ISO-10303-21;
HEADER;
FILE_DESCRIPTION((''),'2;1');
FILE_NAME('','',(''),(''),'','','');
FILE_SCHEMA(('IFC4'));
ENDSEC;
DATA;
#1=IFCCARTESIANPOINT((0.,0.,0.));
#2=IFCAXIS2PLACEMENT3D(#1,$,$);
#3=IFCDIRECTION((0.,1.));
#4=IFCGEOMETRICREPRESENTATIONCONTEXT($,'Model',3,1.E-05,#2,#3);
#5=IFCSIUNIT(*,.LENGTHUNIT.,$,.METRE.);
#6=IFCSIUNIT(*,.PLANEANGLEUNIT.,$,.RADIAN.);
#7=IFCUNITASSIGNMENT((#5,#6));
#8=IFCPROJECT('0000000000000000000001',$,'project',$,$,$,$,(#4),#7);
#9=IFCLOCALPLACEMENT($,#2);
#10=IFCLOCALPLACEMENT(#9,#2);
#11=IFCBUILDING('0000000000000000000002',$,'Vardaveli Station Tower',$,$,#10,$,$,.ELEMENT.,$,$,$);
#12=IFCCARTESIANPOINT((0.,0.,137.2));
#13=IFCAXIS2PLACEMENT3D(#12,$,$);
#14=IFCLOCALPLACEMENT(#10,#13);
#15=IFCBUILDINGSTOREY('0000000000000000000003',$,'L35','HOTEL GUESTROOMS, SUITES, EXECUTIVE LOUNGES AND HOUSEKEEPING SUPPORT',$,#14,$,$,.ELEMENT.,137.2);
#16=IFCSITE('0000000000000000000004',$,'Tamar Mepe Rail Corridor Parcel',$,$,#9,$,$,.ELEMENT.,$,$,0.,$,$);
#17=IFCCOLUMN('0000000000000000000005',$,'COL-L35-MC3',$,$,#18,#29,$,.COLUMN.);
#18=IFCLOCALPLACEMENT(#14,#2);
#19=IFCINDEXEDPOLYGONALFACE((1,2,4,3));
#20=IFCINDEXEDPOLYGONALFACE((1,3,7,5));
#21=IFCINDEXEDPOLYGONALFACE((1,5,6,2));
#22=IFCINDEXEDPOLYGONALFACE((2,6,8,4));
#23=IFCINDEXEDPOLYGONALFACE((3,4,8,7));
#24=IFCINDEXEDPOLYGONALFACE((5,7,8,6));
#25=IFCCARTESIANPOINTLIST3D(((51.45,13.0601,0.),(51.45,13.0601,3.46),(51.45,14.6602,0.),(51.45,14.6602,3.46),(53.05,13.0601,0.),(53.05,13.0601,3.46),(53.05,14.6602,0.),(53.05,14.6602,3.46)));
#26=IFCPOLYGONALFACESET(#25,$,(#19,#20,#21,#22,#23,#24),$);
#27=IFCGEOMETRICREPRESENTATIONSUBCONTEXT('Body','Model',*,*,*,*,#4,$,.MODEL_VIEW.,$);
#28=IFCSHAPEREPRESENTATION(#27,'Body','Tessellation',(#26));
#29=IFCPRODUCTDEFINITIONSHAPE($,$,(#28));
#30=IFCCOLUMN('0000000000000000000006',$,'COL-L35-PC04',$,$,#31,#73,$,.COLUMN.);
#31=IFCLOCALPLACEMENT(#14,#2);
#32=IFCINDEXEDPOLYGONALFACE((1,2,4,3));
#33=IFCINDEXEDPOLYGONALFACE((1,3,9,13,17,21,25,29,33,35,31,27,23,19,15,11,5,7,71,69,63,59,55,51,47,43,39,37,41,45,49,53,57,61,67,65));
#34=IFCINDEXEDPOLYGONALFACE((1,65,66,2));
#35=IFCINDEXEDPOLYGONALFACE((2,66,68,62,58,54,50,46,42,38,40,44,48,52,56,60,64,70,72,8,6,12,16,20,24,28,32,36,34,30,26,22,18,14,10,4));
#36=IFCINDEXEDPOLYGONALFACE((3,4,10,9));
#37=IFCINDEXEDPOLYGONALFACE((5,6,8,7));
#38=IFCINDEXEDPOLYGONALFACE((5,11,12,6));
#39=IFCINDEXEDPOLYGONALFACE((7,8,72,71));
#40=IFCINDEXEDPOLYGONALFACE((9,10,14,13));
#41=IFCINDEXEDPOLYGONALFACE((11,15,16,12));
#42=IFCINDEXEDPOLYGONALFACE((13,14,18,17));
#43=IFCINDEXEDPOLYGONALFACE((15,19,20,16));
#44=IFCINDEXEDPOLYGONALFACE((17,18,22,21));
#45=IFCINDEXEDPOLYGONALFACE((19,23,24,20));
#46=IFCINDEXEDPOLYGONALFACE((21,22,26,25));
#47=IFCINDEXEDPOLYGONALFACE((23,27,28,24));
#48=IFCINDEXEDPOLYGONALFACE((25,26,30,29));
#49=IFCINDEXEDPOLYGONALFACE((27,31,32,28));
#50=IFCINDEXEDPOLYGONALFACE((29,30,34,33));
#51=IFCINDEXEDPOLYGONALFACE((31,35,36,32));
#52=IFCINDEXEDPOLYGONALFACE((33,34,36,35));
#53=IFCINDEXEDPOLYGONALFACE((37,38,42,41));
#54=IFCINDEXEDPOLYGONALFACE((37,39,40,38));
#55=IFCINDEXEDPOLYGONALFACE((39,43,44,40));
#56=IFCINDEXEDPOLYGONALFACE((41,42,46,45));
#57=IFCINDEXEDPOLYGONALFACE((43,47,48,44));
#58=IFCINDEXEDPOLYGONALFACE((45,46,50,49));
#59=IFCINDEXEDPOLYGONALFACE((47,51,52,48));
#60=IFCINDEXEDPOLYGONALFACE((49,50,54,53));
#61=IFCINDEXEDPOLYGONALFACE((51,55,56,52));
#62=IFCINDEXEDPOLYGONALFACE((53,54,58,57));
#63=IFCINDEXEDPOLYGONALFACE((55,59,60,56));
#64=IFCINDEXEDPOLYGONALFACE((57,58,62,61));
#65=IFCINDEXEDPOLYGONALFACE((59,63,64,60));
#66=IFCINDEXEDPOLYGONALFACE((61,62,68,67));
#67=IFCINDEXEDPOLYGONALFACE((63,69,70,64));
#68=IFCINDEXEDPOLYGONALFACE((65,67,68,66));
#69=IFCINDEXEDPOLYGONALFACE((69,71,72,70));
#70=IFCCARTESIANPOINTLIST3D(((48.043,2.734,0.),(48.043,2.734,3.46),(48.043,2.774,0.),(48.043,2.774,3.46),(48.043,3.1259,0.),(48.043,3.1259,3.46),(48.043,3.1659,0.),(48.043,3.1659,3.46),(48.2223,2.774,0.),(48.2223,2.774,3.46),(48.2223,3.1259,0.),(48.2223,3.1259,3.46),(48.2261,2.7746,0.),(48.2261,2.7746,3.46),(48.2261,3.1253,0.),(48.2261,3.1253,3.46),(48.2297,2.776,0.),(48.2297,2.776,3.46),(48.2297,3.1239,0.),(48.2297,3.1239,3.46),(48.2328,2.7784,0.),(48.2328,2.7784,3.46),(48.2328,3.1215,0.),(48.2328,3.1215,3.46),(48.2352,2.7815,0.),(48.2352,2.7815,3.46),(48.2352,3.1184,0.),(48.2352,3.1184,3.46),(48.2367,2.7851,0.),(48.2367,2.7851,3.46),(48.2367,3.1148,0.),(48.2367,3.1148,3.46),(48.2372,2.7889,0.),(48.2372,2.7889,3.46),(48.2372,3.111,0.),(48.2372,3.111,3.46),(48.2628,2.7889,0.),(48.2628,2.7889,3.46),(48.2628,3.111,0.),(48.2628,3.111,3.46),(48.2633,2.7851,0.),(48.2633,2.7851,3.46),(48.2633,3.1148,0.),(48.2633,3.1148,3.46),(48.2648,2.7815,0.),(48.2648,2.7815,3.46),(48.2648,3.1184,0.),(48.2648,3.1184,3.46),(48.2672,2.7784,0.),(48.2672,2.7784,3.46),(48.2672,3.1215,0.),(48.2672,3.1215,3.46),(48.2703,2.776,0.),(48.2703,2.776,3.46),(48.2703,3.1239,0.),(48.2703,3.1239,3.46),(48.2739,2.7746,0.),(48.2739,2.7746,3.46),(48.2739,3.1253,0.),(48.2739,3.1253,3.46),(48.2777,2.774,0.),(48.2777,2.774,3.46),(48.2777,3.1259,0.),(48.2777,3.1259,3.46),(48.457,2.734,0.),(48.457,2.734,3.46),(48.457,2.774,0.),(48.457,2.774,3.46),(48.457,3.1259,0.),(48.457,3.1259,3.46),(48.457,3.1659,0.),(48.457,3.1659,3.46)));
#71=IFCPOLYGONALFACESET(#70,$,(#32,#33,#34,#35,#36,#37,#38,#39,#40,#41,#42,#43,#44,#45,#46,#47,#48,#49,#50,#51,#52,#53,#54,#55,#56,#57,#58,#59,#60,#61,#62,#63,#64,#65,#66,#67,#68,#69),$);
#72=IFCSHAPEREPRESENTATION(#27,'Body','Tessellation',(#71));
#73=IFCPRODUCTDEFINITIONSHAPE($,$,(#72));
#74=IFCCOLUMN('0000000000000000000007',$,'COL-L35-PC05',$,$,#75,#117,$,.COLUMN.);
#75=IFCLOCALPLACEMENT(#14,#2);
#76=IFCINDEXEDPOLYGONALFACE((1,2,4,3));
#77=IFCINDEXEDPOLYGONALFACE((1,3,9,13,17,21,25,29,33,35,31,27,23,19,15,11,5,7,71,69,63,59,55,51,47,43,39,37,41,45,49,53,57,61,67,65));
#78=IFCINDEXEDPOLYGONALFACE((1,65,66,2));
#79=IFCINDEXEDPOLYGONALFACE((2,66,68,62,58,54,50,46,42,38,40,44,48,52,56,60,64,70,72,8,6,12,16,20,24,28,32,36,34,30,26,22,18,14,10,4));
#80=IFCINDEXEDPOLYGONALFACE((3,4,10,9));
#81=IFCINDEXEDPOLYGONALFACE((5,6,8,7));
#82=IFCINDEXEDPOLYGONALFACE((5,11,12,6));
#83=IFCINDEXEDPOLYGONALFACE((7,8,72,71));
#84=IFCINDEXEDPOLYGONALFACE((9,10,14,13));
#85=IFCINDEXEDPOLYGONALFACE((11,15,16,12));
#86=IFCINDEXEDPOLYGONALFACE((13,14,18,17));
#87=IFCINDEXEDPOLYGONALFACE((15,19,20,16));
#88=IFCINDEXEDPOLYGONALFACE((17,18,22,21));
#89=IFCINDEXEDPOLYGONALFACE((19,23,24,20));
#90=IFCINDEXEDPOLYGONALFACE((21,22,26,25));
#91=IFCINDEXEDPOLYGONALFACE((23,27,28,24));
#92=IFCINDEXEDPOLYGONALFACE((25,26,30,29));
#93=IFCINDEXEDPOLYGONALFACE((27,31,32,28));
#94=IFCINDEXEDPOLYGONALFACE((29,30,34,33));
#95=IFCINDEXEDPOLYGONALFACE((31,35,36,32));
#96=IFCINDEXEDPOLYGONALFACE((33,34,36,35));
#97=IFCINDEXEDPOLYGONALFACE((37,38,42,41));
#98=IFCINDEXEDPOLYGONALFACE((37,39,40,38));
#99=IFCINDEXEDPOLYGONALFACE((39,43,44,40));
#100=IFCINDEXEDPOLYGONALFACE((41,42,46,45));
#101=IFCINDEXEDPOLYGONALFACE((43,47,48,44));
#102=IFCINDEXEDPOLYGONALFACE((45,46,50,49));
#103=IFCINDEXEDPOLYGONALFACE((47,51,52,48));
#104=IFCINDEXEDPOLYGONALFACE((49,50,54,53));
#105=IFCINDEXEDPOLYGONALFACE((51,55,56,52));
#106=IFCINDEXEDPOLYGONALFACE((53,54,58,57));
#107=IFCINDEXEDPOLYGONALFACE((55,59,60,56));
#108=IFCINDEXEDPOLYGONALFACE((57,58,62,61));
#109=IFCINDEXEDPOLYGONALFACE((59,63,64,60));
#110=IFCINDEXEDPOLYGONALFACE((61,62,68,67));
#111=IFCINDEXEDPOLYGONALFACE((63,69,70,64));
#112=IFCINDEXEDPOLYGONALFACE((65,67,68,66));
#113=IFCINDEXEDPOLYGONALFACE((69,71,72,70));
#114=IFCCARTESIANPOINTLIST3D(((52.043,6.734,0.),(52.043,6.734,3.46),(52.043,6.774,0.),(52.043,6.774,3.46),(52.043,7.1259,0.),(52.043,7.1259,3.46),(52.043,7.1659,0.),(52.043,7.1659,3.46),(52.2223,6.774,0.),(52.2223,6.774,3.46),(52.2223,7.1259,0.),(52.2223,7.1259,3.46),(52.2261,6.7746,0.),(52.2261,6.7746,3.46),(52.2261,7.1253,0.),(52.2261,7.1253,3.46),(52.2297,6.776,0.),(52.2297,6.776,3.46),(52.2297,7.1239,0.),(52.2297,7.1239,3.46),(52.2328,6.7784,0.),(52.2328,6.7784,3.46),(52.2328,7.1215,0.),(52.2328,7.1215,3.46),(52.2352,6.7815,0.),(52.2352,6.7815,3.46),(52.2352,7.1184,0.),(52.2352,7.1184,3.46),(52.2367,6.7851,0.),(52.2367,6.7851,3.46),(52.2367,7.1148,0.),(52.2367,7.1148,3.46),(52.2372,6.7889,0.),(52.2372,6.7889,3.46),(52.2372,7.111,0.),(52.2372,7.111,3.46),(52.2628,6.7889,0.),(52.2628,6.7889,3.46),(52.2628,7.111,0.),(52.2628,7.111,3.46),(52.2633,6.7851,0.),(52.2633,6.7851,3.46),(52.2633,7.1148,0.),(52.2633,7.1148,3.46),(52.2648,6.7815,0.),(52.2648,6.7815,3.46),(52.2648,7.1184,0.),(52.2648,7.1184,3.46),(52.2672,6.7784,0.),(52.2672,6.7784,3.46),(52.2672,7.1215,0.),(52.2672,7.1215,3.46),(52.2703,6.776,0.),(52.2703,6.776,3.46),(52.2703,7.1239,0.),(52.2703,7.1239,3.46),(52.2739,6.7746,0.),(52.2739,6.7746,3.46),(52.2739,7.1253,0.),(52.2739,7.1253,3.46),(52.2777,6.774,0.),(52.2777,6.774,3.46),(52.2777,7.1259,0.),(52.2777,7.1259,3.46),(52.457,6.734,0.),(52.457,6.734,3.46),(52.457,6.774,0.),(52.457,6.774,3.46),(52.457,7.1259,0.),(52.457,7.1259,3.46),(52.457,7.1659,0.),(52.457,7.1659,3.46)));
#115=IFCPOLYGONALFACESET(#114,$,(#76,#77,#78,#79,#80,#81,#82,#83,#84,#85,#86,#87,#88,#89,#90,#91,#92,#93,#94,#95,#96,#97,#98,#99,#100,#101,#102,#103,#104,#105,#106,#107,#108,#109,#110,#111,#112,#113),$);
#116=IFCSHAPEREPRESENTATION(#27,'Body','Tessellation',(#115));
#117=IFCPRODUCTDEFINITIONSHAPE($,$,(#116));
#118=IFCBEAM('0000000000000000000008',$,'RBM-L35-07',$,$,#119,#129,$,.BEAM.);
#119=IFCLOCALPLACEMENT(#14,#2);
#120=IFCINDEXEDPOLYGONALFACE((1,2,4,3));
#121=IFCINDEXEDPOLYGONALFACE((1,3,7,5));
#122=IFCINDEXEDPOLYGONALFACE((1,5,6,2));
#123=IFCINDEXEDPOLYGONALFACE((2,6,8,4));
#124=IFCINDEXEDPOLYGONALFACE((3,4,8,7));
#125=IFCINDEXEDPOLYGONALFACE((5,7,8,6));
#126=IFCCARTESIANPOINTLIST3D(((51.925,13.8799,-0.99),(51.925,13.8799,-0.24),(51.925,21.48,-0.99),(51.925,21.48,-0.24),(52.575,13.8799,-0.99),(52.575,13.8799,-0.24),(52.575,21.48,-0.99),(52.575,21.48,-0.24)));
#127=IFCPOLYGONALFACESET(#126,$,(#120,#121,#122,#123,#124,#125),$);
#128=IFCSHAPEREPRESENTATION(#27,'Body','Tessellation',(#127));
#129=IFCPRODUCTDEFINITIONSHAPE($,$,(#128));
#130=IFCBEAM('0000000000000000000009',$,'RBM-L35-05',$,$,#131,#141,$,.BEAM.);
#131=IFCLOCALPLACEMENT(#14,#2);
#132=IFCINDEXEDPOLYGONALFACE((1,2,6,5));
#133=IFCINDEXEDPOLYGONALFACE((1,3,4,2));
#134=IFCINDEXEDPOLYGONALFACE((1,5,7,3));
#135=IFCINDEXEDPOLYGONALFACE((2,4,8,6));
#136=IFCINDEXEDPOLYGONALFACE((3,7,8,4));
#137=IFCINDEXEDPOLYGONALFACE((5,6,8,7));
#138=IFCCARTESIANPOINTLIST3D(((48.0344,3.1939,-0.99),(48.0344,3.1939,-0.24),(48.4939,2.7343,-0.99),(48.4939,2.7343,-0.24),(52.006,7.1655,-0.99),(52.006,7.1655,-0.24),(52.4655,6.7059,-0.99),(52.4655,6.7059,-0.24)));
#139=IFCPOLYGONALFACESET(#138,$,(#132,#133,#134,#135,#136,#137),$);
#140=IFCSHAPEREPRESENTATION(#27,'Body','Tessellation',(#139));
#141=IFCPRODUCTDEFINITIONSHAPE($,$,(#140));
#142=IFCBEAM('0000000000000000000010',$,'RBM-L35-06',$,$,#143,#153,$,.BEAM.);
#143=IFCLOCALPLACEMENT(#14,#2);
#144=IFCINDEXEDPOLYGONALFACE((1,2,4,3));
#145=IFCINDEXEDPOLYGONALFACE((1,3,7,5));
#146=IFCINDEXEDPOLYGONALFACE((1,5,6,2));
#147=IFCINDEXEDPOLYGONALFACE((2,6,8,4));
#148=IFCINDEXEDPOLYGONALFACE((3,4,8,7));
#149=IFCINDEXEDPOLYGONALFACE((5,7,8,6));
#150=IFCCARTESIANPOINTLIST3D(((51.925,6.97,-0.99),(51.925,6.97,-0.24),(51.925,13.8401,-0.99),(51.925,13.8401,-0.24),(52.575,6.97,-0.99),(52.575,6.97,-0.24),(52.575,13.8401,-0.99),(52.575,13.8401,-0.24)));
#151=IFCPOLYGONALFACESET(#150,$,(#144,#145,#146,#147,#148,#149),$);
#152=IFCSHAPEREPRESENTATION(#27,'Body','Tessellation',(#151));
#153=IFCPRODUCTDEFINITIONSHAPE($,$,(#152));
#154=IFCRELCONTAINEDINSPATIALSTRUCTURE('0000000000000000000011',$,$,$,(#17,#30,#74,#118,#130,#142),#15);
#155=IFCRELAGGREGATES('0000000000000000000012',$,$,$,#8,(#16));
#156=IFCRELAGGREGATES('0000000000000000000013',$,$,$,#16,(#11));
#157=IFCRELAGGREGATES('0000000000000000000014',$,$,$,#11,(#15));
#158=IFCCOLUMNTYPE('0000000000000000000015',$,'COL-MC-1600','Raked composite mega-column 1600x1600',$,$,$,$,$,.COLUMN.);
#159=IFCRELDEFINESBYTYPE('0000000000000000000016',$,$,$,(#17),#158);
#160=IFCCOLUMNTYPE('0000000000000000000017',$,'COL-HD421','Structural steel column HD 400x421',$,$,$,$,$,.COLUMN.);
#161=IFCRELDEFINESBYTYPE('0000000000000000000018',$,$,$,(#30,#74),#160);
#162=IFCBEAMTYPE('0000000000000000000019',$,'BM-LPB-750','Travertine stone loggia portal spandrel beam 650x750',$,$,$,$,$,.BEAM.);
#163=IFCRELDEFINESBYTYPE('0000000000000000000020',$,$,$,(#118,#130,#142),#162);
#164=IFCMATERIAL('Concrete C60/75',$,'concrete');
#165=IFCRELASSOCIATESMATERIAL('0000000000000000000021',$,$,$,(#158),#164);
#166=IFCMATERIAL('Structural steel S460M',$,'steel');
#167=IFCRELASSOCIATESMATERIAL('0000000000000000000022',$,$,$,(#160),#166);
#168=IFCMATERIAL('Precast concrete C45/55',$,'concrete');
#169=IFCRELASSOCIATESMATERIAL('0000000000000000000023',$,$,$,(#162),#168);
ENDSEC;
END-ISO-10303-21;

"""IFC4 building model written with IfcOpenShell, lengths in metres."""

from ifc_helpers import new_model, si_unit, direction, frame, origin, origin_2d, place, context, subcontext, project, spatial, rectangle, i_section, extrude, source, transform, mapped, material, material_profile, profile_set, type_object, element, save


model = new_model("IFC4")

# Units and contexts
model_context = context("Model", 3, precision=1e-05, world=origin(), true_north=direction((0.0, 1.0)))
body_context = subcontext(model_context, "Body", "Model", "MODEL_VIEW")
ifc_project = project(units=[si_unit("LENGTHUNIT", "METRE"), si_unit("PLANEANGLEUNIT", "RADIAN")], contexts=[model_context])

# Site, building, storey
site_placement = place(None, origin())
site = spatial("IfcSite", under=ifc_project, at=site_placement, Name="Tamar Mepe Rail Corridor Parcel", CompositionType="ELEMENT", RefElevation=0.0)
building_placement = place(site_placement, origin())
building = spatial("IfcBuilding", under=site, at=building_placement, Name="Vardaveli Station Tower", CompositionType="ELEMENT")
storey_placement = place(building_placement, frame((0.0, 0.0, 137.2)))
storey = spatial("IfcBuildingStorey", under=building, at=storey_placement, Name="L35", Description="HOTEL GUESTROOMS, SUITES, EXECUTIVE LOUNGES AND HOUSEKEEPING SUPPORT", CompositionType="ELEMENT", Elevation=137.2)

# Columns
ifc_material_1 = material(Name="Concrete C60/75", Category="concrete")
ifc_material_profile_1 = material_profile(ifc_material_1, rectangle(XDim=1.6001, YDim=1.6001, at=origin_2d()), Name="MC 1600x1600")
ifc_profile_set_1 = profile_set([ifc_material_profile_1], Name="Concrete C60/75")
column_type_1 = type_object("IfcColumnType", Name="COL-MC-1600", Description="Raked composite mega-column 1600x1600", PredefinedType="COLUMN", material=ifc_profile_set_1)
shared_shape_1 = source(origin(), body_context, "Body", "SweptSolid", [
    extrude(rectangle(XDim=1.6001, YDim=1.6001, at=origin_2d()), origin(), (0.0, 0.0, 1.0), 3.46),
])
column_placement = place(storey_placement, frame((52.25, 13.8601, 0.0), z_axis=(0.0, 0.0, 1.0), x_axis=(1.0, 0.0, 0.0)))
element("IfcColumn", 1, at=column_placement, inside=storey, type_object=column_type_1, Name="COL-L35-MC3", PredefinedType="COLUMN", context=body_context, shape_type="MappedRepresentation", body=[
    mapped(shared_shape_1, transform((0.0, 0.0, 0.0), scale=1.0)),
])
ifc_material_2 = material(Name="Structural steel S460M", Category="steel")
ifc_material_profile_2 = material_profile(ifc_material_2, i_section(OverallWidth=0.4141, OverallDepth=0.4319, WebThickness=0.0256, FlangeThickness=0.04, FilletRadius=0.0149, at=origin_2d()), Name="HD 400x421")
ifc_profile_set_2 = profile_set([ifc_material_profile_2], Name="Structural steel S460M")
column_type_2 = type_object("IfcColumnType", Name="COL-HD421", Description="Structural steel column HD 400x421", PredefinedType="COLUMN", material=ifc_profile_set_2)
shared_shape_2 = source(origin(), body_context, "Body", "SweptSolid", [
    extrude(i_section(OverallWidth=0.4141, OverallDepth=0.4319, WebThickness=0.0256, FlangeThickness=0.04, FilletRadius=0.0149, at=origin_2d()), origin(), (0.0, 0.0, 1.0), 3.46),
])
for number, where, z_axis, x_axis, name in (
    (2, (48.25, 2.95, 0.0), (0.0, 0.0, 1.0), (1.0, 0.0, 0.0), "COL-L35-PC04"),
    (3, (52.25, 6.95, 0.0), (0.0, 0.0, 1.0), (1.0, 0.0, 0.0), "COL-L35-PC05"),
):
    element("IfcColumn", number, at=place(storey_placement, frame(where, z_axis=z_axis, x_axis=x_axis)), inside=storey, type_object=column_type_2, Name=name, PredefinedType="COLUMN", context=body_context, shape_type="MappedRepresentation", body=[
        mapped(shared_shape_2, transform((0.0, 0.0, 0.0), scale=1.0)),
    ])

# Beams
ifc_material_3 = material(Name="Precast concrete C45/55", Category="concrete")
ifc_material_profile_3 = material_profile(ifc_material_3, rectangle(XDim=0.6499, YDim=0.75, at=origin_2d()), Name="LPB 650x750")
ifc_profile_set_3 = profile_set([ifc_material_profile_3], Name="Precast concrete C45/55")
beam_type_1 = type_object("IfcBeamType", Name="BM-LPB-750", Description="Travertine stone loggia portal spandrel beam 650x750", PredefinedType="BEAM", material=ifc_profile_set_3)
shared_shape_3 = source(origin(), body_context, "Body", "SweptSolid", [
    extrude(rectangle(XDim=0.6499, YDim=0.75, at=origin_2d()), origin(), (0.0, 0.0, 1.0), 7.6001),
])
beam_1_placement = place(storey_placement, frame((52.25, 13.8799, -0.615), z_axis=(0.0, 1.0, 0.0), x_axis=(-1.0, 0.0, 0.0)))
element("IfcBeam", 4, at=beam_1_placement, inside=storey, type_object=beam_type_1, Name="RBM-L35-07", PredefinedType="BEAM", context=body_context, shape_type="MappedRepresentation", body=[
    mapped(shared_shape_3, transform((0.0, 0.0, 0.0), scale=1.0)),
])
shared_shape_4 = source(origin(), body_context, "Body", "SweptSolid", [
    extrude(rectangle(XDim=0.6499, YDim=0.75, at=origin_2d()), origin(), (0.0, 0.0, 1.0), 5.6167),
])
beam_2_placement = place(storey_placement, frame((48.2642, 2.9641, -0.615), z_axis=(0.707107, 0.707107, 0.0), x_axis=(-0.707107, 0.707107, 0.0)))
element("IfcBeam", 5, at=beam_2_placement, inside=storey, type_object=beam_type_1, Name="RBM-L35-05", PredefinedType="BEAM", context=body_context, shape_type="MappedRepresentation", body=[
    mapped(shared_shape_4, transform((0.0, 0.0, 0.0), scale=1.0)),
])
shared_shape_5 = source(origin(), body_context, "Body", "SweptSolid", [
    extrude(rectangle(XDim=0.6499, YDim=0.75, at=origin_2d()), origin(), (0.0, 0.0, 1.0), 6.8701),
])
beam_3_placement = place(storey_placement, frame((52.25, 6.97, -0.615), z_axis=(0.0, 1.0, 0.0), x_axis=(-1.0, 0.0, 0.0)))
element("IfcBeam", 6, at=beam_3_placement, inside=storey, type_object=beam_type_1, Name="RBM-L35-06", PredefinedType="BEAM", context=body_context, shape_type="MappedRepresentation", body=[
    mapped(shared_shape_5, transform((0.0, 0.0, 0.0), scale=1.0)),
])

save(model, "model.ifc")
